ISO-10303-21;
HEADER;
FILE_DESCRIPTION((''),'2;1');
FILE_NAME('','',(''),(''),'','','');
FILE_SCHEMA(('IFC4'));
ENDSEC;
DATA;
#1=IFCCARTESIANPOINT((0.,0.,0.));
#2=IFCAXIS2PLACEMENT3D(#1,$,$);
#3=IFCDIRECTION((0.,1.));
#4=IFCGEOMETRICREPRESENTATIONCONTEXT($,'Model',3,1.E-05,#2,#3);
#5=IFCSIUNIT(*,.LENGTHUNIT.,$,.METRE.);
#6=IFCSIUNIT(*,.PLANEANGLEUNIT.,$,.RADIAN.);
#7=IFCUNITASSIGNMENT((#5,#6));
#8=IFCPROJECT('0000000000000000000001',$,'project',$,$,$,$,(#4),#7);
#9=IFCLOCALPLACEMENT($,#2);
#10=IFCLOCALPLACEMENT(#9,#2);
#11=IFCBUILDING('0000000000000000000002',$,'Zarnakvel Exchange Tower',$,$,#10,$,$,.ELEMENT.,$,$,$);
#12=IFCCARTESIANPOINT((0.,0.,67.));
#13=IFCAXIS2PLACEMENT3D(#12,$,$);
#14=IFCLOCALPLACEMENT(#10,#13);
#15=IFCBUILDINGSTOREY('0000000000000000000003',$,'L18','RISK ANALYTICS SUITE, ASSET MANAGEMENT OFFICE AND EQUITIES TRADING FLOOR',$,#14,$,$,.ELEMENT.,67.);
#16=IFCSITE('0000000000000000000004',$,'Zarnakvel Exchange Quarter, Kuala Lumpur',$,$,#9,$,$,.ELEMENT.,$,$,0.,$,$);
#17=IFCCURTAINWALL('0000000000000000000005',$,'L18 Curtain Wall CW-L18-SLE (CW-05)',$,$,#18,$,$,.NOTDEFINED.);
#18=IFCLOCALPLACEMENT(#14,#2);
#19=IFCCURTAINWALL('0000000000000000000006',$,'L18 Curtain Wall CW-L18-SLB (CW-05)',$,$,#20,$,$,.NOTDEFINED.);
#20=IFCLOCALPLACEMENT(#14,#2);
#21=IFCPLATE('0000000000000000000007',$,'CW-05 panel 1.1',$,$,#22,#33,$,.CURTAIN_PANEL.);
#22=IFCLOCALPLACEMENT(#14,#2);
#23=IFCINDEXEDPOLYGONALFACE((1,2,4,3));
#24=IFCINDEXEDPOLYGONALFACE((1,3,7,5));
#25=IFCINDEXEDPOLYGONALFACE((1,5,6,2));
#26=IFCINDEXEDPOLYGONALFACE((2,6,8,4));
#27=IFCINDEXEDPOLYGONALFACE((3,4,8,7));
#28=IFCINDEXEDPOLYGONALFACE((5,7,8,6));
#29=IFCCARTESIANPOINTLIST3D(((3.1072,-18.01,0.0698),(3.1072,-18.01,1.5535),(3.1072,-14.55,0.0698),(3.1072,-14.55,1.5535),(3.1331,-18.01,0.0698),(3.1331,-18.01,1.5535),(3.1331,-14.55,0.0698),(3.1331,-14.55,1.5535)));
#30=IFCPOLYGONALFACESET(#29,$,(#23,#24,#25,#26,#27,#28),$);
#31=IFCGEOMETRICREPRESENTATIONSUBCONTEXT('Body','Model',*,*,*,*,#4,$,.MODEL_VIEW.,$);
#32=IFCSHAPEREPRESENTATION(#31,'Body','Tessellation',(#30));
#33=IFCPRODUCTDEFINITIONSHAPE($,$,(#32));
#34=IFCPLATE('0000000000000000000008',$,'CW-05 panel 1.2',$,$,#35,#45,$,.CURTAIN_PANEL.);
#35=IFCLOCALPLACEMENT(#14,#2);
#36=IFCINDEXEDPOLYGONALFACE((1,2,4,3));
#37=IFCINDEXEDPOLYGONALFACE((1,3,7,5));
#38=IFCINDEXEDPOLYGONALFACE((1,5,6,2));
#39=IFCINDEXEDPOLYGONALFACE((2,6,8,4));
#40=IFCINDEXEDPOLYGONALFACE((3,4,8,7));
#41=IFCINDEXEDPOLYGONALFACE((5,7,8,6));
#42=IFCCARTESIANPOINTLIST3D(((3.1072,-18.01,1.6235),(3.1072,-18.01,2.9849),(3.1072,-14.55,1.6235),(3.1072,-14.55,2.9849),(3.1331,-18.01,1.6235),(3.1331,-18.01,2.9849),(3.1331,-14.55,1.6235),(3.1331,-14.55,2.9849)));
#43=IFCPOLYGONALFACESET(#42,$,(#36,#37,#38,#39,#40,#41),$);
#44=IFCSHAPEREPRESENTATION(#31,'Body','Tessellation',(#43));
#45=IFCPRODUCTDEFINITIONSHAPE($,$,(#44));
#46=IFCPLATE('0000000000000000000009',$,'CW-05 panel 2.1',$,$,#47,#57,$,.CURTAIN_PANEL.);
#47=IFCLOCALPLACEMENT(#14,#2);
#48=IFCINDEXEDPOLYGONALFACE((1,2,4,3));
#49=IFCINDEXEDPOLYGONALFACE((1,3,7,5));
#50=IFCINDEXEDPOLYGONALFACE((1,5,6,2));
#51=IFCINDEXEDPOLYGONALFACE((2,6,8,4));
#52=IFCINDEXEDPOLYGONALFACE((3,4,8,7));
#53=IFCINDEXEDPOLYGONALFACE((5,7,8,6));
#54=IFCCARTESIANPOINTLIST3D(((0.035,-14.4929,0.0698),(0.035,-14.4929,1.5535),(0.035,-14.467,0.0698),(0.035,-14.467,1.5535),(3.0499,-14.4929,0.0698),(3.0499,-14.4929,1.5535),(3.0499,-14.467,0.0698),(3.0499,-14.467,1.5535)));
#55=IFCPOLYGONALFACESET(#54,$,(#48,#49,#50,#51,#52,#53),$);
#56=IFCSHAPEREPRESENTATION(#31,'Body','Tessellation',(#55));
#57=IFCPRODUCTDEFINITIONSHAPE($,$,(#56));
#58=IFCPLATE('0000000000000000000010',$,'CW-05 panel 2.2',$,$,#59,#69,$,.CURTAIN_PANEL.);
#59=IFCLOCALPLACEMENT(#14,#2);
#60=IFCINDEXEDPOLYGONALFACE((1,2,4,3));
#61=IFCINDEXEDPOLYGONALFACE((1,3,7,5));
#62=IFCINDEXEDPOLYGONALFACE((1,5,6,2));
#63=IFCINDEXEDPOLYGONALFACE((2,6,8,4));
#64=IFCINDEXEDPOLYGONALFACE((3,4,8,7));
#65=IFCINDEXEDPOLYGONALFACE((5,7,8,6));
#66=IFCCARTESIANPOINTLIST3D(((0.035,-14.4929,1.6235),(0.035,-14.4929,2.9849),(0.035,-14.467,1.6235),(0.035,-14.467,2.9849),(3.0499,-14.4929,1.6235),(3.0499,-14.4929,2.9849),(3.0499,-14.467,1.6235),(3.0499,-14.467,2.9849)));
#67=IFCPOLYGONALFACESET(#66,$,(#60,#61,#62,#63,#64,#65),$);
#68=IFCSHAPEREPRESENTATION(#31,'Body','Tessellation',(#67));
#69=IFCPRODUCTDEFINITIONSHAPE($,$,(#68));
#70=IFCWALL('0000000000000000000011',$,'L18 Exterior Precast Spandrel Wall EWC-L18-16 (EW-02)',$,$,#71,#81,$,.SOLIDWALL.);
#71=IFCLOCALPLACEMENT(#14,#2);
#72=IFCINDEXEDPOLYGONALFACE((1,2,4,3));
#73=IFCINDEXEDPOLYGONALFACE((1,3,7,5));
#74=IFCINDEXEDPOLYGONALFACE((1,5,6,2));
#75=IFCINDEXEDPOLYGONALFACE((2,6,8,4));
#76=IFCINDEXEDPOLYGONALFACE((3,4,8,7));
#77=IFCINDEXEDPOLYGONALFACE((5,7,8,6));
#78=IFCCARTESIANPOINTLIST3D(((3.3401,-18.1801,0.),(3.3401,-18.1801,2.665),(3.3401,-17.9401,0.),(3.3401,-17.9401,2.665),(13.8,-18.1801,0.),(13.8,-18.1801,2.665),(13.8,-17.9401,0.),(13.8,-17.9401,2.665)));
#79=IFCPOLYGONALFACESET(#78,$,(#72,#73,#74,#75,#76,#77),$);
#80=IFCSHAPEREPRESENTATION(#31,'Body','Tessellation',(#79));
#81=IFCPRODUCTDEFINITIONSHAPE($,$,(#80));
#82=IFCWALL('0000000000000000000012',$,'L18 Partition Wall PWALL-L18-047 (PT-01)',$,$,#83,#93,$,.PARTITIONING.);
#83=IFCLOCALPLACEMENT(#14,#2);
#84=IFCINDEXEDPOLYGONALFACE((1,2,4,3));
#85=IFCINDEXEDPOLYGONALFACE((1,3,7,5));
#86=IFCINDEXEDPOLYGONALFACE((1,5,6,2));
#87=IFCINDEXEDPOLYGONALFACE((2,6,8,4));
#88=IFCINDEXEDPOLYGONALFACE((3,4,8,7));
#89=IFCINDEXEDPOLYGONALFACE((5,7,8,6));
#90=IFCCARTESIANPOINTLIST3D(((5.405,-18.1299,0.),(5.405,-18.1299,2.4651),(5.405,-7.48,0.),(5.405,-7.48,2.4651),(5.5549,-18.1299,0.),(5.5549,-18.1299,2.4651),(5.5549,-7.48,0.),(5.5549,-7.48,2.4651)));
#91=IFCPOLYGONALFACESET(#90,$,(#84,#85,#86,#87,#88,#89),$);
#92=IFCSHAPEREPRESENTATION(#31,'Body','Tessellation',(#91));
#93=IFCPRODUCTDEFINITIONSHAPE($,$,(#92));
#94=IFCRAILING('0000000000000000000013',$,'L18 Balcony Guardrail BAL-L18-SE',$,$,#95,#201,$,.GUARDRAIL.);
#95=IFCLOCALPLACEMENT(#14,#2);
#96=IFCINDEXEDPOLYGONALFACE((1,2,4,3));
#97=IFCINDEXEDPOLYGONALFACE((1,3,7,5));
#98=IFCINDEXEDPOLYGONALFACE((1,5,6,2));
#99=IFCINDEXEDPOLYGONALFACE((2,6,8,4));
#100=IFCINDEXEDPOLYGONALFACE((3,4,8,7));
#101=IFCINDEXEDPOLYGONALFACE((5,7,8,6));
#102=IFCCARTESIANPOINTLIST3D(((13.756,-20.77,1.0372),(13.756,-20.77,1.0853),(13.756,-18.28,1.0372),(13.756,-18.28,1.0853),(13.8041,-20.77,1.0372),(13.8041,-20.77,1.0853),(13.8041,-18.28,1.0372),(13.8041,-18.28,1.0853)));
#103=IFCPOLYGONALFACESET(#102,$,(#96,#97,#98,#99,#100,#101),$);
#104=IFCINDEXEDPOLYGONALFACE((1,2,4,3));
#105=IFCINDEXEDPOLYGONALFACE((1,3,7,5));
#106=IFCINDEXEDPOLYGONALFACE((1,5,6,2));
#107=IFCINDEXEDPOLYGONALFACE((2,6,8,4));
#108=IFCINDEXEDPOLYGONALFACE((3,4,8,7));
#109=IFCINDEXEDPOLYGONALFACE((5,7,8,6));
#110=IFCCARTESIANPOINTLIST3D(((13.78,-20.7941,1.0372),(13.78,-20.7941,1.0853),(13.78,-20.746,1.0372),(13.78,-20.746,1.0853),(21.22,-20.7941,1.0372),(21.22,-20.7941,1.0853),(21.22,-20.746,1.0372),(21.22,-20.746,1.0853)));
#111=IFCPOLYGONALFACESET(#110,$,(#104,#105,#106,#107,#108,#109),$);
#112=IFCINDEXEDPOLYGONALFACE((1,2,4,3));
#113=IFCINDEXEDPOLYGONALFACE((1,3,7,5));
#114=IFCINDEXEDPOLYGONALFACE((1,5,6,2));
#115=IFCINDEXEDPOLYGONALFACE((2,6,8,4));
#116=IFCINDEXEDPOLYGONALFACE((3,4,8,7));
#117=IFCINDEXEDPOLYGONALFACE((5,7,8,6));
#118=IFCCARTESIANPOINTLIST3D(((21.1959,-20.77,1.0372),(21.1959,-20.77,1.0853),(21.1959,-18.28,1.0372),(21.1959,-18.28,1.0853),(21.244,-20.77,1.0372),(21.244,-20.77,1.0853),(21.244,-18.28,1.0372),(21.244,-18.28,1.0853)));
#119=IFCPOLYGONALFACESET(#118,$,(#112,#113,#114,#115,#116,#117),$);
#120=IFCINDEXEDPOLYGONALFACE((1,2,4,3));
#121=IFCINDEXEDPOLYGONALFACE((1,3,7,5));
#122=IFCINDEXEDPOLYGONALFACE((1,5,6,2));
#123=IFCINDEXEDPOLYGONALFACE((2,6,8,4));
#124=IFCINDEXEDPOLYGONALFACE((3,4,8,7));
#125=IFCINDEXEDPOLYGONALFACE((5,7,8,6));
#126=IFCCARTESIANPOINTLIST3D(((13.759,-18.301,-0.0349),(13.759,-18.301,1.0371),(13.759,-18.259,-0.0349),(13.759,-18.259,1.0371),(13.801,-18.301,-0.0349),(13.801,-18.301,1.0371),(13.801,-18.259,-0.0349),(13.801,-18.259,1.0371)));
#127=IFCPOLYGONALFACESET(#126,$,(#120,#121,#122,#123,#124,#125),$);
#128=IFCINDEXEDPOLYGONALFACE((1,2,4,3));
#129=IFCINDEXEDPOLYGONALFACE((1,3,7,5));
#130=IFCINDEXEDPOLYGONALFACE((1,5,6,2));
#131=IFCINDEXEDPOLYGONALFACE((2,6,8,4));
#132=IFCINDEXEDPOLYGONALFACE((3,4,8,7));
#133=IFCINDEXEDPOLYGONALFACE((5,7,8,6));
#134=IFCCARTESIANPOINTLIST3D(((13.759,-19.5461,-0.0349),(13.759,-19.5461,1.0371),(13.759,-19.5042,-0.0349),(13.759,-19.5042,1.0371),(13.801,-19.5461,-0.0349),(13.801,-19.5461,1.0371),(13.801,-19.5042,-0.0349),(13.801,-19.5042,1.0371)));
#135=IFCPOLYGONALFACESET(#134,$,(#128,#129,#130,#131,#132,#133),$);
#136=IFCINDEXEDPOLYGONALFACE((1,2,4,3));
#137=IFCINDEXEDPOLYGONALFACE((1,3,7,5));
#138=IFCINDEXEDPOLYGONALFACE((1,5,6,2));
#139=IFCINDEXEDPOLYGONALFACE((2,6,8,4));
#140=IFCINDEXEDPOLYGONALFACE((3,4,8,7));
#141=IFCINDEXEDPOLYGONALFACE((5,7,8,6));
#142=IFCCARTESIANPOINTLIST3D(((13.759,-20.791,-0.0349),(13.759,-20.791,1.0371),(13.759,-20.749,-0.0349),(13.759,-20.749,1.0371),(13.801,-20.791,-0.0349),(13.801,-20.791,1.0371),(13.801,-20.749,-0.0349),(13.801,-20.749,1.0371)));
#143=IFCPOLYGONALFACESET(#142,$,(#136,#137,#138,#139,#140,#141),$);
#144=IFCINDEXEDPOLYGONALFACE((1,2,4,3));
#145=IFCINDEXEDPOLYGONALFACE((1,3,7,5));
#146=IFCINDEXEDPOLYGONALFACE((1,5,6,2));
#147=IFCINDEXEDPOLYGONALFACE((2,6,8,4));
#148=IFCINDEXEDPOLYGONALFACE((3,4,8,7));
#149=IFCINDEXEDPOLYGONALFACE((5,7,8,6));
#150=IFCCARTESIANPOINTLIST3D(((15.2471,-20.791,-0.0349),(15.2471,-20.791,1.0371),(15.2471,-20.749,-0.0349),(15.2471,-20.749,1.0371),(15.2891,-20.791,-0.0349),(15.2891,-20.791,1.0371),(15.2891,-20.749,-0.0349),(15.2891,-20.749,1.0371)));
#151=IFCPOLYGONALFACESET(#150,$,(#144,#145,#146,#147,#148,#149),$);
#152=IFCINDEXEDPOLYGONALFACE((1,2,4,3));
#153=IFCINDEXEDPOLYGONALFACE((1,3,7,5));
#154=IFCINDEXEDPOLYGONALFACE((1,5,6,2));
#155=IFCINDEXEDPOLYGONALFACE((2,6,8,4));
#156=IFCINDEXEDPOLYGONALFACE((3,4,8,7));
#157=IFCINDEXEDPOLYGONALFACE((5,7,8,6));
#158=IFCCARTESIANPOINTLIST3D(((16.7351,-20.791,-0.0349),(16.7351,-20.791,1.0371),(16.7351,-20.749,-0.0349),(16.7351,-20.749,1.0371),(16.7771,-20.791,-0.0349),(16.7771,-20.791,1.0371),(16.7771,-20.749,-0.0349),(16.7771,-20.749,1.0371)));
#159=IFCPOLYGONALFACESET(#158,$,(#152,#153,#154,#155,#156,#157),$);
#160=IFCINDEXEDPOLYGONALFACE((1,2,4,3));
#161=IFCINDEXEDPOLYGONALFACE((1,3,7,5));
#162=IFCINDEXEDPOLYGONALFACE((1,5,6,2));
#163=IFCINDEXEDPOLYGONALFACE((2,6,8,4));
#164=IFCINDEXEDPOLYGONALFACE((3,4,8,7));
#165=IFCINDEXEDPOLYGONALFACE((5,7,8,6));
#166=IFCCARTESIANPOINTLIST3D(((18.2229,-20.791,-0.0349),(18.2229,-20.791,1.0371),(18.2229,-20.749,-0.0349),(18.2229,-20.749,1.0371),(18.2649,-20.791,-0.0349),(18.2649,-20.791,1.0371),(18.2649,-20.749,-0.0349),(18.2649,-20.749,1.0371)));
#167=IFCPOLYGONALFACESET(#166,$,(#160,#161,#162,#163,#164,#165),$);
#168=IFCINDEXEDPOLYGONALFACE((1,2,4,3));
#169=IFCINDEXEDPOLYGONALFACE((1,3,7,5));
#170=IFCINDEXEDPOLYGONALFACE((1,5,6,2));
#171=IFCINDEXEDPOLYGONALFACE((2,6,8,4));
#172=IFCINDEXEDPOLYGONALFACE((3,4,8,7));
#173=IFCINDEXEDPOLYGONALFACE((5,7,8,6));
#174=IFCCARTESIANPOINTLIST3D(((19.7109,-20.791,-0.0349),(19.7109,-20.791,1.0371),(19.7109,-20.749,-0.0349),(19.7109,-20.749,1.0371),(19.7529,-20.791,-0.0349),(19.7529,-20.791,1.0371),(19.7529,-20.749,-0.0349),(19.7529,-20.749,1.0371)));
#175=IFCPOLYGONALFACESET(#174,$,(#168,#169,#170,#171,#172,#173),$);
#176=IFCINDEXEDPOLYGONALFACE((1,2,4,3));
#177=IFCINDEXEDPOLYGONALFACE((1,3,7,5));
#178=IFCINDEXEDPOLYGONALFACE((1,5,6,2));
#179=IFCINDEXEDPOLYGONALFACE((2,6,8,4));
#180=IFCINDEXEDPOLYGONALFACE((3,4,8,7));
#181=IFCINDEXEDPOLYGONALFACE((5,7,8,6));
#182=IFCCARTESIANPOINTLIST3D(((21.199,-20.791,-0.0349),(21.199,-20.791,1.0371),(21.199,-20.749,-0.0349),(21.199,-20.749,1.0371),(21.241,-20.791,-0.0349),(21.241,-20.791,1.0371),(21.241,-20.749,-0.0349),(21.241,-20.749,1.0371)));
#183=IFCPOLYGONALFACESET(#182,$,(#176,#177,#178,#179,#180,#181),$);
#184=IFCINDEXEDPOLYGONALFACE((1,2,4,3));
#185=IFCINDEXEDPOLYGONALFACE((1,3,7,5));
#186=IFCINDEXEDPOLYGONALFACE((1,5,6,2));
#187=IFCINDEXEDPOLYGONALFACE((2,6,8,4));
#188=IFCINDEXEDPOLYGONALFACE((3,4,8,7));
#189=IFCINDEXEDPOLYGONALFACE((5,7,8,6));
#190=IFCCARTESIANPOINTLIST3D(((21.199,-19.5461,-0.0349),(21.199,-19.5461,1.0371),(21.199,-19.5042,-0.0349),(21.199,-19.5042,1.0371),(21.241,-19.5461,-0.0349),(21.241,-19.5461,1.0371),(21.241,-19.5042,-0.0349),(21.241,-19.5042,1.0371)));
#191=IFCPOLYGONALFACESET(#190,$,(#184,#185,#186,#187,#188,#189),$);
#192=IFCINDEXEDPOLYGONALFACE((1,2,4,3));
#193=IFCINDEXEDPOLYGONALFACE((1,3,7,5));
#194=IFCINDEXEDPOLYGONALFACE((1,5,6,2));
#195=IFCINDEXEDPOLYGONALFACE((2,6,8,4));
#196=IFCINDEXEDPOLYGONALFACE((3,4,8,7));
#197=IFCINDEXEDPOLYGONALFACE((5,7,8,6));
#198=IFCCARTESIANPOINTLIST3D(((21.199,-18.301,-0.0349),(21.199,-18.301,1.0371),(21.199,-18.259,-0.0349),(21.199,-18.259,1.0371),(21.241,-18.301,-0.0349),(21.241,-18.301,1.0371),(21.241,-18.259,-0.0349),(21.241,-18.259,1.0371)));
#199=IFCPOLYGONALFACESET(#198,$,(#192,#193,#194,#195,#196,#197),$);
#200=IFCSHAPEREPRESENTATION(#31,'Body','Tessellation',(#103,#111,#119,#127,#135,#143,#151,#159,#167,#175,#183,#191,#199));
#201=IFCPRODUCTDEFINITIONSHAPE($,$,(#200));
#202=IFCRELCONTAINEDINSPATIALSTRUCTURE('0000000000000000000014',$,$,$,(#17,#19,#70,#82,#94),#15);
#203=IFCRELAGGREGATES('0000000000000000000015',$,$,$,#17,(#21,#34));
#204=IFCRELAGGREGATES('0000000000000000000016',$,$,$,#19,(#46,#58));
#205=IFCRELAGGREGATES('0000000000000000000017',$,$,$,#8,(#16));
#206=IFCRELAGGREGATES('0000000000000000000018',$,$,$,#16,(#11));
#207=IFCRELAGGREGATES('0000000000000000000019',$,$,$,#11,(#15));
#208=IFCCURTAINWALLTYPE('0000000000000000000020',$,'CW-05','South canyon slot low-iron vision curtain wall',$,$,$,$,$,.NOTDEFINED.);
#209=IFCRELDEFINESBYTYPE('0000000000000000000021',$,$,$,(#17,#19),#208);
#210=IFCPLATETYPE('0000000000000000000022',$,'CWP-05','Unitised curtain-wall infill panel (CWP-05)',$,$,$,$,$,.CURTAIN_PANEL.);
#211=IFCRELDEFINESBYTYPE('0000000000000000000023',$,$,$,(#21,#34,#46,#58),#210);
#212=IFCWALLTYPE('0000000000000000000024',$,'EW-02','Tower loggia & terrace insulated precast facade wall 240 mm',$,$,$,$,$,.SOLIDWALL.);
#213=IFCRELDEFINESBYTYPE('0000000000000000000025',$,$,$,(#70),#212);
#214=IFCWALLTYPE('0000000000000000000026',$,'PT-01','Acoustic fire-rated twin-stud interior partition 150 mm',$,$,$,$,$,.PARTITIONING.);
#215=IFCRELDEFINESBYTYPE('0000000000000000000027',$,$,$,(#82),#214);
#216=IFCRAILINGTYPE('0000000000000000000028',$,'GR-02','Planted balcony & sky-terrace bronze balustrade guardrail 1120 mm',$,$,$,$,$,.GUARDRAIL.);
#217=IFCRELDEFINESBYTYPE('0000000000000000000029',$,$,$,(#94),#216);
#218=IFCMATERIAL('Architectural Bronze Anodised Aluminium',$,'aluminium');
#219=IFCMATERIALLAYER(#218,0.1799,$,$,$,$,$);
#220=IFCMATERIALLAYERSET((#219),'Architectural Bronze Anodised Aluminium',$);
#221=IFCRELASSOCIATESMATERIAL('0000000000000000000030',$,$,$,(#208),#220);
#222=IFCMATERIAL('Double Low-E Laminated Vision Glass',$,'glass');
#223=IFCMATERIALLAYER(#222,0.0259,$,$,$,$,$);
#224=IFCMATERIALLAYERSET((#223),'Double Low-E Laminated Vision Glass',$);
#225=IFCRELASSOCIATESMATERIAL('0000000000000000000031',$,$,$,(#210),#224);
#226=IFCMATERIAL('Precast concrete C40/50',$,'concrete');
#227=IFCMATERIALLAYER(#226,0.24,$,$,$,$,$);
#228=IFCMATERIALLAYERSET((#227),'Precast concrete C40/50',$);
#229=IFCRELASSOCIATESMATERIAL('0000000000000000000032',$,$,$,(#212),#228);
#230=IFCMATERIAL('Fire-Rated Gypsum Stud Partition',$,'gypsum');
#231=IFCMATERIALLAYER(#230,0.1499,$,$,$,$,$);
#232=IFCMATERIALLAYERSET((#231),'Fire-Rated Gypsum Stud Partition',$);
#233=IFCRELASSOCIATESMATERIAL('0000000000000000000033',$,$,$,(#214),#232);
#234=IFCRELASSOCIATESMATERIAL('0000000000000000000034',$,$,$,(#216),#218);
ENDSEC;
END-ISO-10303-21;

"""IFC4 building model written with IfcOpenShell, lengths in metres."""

from ifc_helpers import new_model, si_unit, direction, frame, frame_2d, origin, origin_2d, place, context, subcontext, project, spatial, rectangle, extrude, source, transform, mapped, material, layer, layer_set, type_object, element, aggregate, save


model = new_model("IFC4")

# Units and contexts
model_context = context("Model", 3, precision=1e-05, world=origin(), true_north=direction((0.0, 1.0)))
body_context = subcontext(model_context, "Body", "Model", "MODEL_VIEW")
ifc_project = project(units=[si_unit("LENGTHUNIT", "METRE"), si_unit("PLANEANGLEUNIT", "RADIAN")], contexts=[model_context])

# Site, building, storey
site_placement = place(None, origin())
site = spatial("IfcSite", under=ifc_project, at=site_placement, Name="Zarnakvel Exchange Quarter, Kuala Lumpur", CompositionType="ELEMENT", RefElevation=0.0)
building_placement = place(site_placement, origin())
building = spatial("IfcBuilding", under=site, at=building_placement, Name="Zarnakvel Exchange Tower", CompositionType="ELEMENT")
storey_placement = place(building_placement, frame((0.0, 0.0, 67.0)))
storey = spatial("IfcBuildingStorey", under=building, at=storey_placement, Name="L18", Description="RISK ANALYTICS SUITE, ASSET MANAGEMENT OFFICE AND EQUITIES TRADING FLOOR", CompositionType="ELEMENT", Elevation=67.0)

# Curtain walls
ifc_material_1 = material(Name="Architectural Bronze Anodised Aluminium", Category="aluminium")
ifc_layer_1 = layer(ifc_material_1, 0.1799)
ifc_layer_set_1 = layer_set([ifc_layer_1], Name="Architectural Bronze Anodised Aluminium")
curtain_wall_type = type_object("IfcCurtainWallType", Name="CW-05", Description="South canyon slot low-iron vision curtain wall", PredefinedType="NOTDEFINED", material=ifc_layer_set_1)
curtain_wall_1_placement = place(storey_placement, origin())
curtain_wall_1 = element("IfcCurtainWall", 1, at=curtain_wall_1_placement, inside=storey, type_object=curtain_wall_type, Name="L18 Curtain Wall CW-L18-SLE (CW-05)", PredefinedType="NOTDEFINED")
curtain_wall_2_placement = place(storey_placement, origin())
curtain_wall_2 = element("IfcCurtainWall", 2, at=curtain_wall_2_placement, inside=storey, type_object=curtain_wall_type, Name="L18 Curtain Wall CW-L18-SLB (CW-05)", PredefinedType="NOTDEFINED")

# Plates
ifc_material_2 = material(Name="Double Low-E Laminated Vision Glass", Category="glass")
ifc_layer_2 = layer(ifc_material_2, 0.0259)
ifc_layer_set_2 = layer_set([ifc_layer_2], Name="Double Low-E Laminated Vision Glass")
plate_type = type_object("IfcPlateType", Name="CWP-05", Description="Unitised curtain-wall infill panel (CWP-05)", PredefinedType="CURTAIN_PANEL", material=ifc_layer_set_2)
shared_shape_1 = source(origin(), body_context, "Body", "SweptSolid", [
    extrude(rectangle(XDim=3.46, YDim=0.0259, at=origin_2d()), origin(), (0.0, 0.0, 1.0), 1.4836),
])
plate_1_placement = place(storey_placement, frame((3.1201, -16.28, 0.0698), z_axis=(0.0, 0.0, 1.0), x_axis=(0.0, -1.0, 0.0)))
plate_1 = element("IfcPlate", 3, at=plate_1_placement, type_object=plate_type, Name="CW-05 panel 1.1", PredefinedType="CURTAIN_PANEL", context=body_context, shape_type="MappedRepresentation", body=[
    mapped(shared_shape_1, transform((0.0, 0.0, 0.0), x_axis=(1.0, 0.0, 0.0), y_axis=(0.0, 1.0, 0.0), z_axis=(0.0, 0.0, 1.0), scale=1.0)),
])
shared_shape_2 = source(origin(), body_context, "Body", "SweptSolid", [
    extrude(rectangle(XDim=3.46, YDim=0.0259, at=origin_2d()), origin(), (0.0, 0.0, 1.0), 1.3613),
])
plate_2_placement = place(storey_placement, frame((3.1201, -16.28, 1.6235), z_axis=(0.0, 0.0, 1.0), x_axis=(0.0, -1.0, 0.0)))
plate_2 = element("IfcPlate", 4, at=plate_2_placement, type_object=plate_type, Name="CW-05 panel 1.2", PredefinedType="CURTAIN_PANEL", context=body_context, shape_type="MappedRepresentation", body=[
    mapped(shared_shape_2, transform((0.0, 0.0, 0.0), x_axis=(1.0, 0.0, 0.0), y_axis=(0.0, 1.0, 0.0), z_axis=(0.0, 0.0, 1.0), scale=1.0)),
])
aggregate(curtain_wall_1, [plate_1, plate_2])
shared_shape_3 = source(origin(), body_context, "Body", "SweptSolid", [
    extrude(rectangle(XDim=3.0149, YDim=0.0259, at=origin_2d()), origin(), (0.0, 0.0, 1.0), 1.4836),
])
plate_3_placement = place(storey_placement, frame((1.5425, -14.48, 0.0698), z_axis=(0.0, 0.0, 1.0), x_axis=(1.0, 0.0, 0.0)))
plate_3 = element("IfcPlate", 5, at=plate_3_placement, type_object=plate_type, Name="CW-05 panel 2.1", PredefinedType="CURTAIN_PANEL", context=body_context, shape_type="MappedRepresentation", body=[
    mapped(shared_shape_3, transform((0.0, 0.0, 0.0), x_axis=(1.0, 0.0, 0.0), y_axis=(0.0, 1.0, 0.0), z_axis=(0.0, 0.0, 1.0), scale=1.0)),
])
shared_shape_4 = source(origin(), body_context, "Body", "SweptSolid", [
    extrude(rectangle(XDim=3.0149, YDim=0.0259, at=origin_2d()), origin(), (0.0, 0.0, 1.0), 1.3613),
])
plate_4_placement = place(storey_placement, frame((1.5425, -14.48, 1.6235), z_axis=(0.0, 0.0, 1.0), x_axis=(1.0, 0.0, 0.0)))
plate_4 = element("IfcPlate", 6, at=plate_4_placement, type_object=plate_type, Name="CW-05 panel 2.2", PredefinedType="CURTAIN_PANEL", context=body_context, shape_type="MappedRepresentation", body=[
    mapped(shared_shape_4, transform((0.0, 0.0, 0.0), x_axis=(1.0, 0.0, 0.0), y_axis=(0.0, 1.0, 0.0), z_axis=(0.0, 0.0, 1.0), scale=1.0)),
])
aggregate(curtain_wall_2, [plate_3, plate_4])

# Walls
ifc_material_3 = material(Name="Precast concrete C40/50", Category="concrete")
ifc_layer_3 = layer(ifc_material_3, 0.24)
ifc_layer_set_3 = layer_set([ifc_layer_3], Name="Precast concrete C40/50")
wall_type_1 = type_object("IfcWallType", Name="EW-02", Description="Tower loggia & terrace insulated precast facade wall 240 mm", PredefinedType="SOLIDWALL", material=ifc_layer_set_3)
wall_1_placement = place(storey_placement, frame((3.3401, -18.0601, 0.0), z_axis=(0.0, 0.0, 1.0), x_axis=(1.0, 0.0, 0.0)))
element("IfcWall", 7, at=wall_1_placement, inside=storey, type_object=wall_type_1, Name="L18 Exterior Precast Spandrel Wall EWC-L18-16 (EW-02)", PredefinedType="SOLIDWALL", context=body_context, shape_type="SweptSolid", body=[
    extrude(rectangle(XDim=10.46, YDim=0.24, at=frame_2d((5.23, 0.0))), origin(), (0.0, 0.0, 1.0), 2.665),
])
ifc_material_4 = material(Name="Fire-Rated Gypsum Stud Partition", Category="gypsum")
ifc_layer_4 = layer(ifc_material_4, 0.1499)
ifc_layer_set_4 = layer_set([ifc_layer_4], Name="Fire-Rated Gypsum Stud Partition")
wall_type_2 = type_object("IfcWallType", Name="PT-01", Description="Acoustic fire-rated twin-stud interior partition 150 mm", PredefinedType="PARTITIONING", material=ifc_layer_set_4)
wall_2_placement = place(storey_placement, frame((5.48, -18.1299, 0.0), z_axis=(0.0, 0.0, 1.0), x_axis=(0.0, 1.0, 0.0)))
element("IfcWall", 8, at=wall_2_placement, inside=storey, type_object=wall_type_2, Name="L18 Partition Wall PWALL-L18-047 (PT-01)", PredefinedType="PARTITIONING", context=body_context, shape_type="SweptSolid", body=[
    extrude(rectangle(XDim=10.6499, YDim=0.1499, at=frame_2d((5.325, 0.0))), origin(), (0.0, 0.0, 1.0), 2.4651),
])

# Railing
railing_type = type_object("IfcRailingType", Name="GR-02", Description="Planted balcony & sky-terrace bronze balustrade guardrail 1120 mm", PredefinedType="GUARDRAIL", material=ifc_material_1)
railing_placement = place(storey_placement, frame((13.78, -18.28, -0.0349)))
element("IfcRailing", 9, at=railing_placement, inside=storey, type_object=railing_type, Name="L18 Balcony Guardrail BAL-L18-SE", PredefinedType="GUARDRAIL", context=body_context, shape_type="SweptSolid", body=[
    extrude(rectangle(XDim=0.0481, YDim=0.0481, at=origin_2d()), frame((0.0, 0.0, 1.0962), z_axis=(0.0, -1.0, 0.0), x_axis=(1.0, 0.0, 0.0)), (0.0, 0.0, 1.0), 2.49),
    extrude(rectangle(XDim=0.0481, YDim=0.0481, at=origin_2d()), frame((0.0, -2.49, 1.0962), z_axis=(1.0, 0.0, 0.0), x_axis=(0.0, 1.0, 0.0)), (0.0, 0.0, 1.0), 7.4399),
    extrude(rectangle(XDim=0.0481, YDim=0.0481, at=origin_2d()), frame((7.4399, -2.49, 1.0962), z_axis=(0.0, 1.0, 0.0), x_axis=(-1.0, 0.0, 0.0)), (0.0, 0.0, 1.0), 2.49),
    extrude(rectangle(XDim=0.042, YDim=0.042, at=origin_2d()), origin(), (0.0, 0.0, 1.0), 1.072),
    extrude(rectangle(XDim=0.042, YDim=0.042, at=origin_2d()), frame((0.0, -1.2451, 0.0)), (0.0, 0.0, 1.0), 1.072),
    extrude(rectangle(XDim=0.042, YDim=0.042, at=origin_2d()), frame((0.0, -2.49, 0.0)), (0.0, 0.0, 1.0), 1.072),
    extrude(rectangle(XDim=0.042, YDim=0.042, at=origin_2d()), frame((1.488, -2.49, 0.0)), (0.0, 0.0, 1.0), 1.072),
    extrude(rectangle(XDim=0.042, YDim=0.042, at=origin_2d()), frame((2.9761, -2.49, 0.0)), (0.0, 0.0, 1.0), 1.072),
    extrude(rectangle(XDim=0.042, YDim=0.042, at=origin_2d()), frame((4.4639, -2.49, 0.0)), (0.0, 0.0, 1.0), 1.072),
    extrude(rectangle(XDim=0.042, YDim=0.042, at=origin_2d()), frame((5.9519, -2.49, 0.0)), (0.0, 0.0, 1.0), 1.072),
    extrude(rectangle(XDim=0.042, YDim=0.042, at=origin_2d()), frame((7.4399, -2.49, 0.0)), (0.0, 0.0, 1.0), 1.072),
    extrude(rectangle(XDim=0.042, YDim=0.042, at=origin_2d()), frame((7.4399, -1.2451, 0.0)), (0.0, 0.0, 1.0), 1.072),
    extrude(rectangle(XDim=0.042, YDim=0.042, at=origin_2d()), frame((7.4399, 0.0, 0.0)), (0.0, 0.0, 1.0), 1.072),
])

save(model, "model.ifc")
